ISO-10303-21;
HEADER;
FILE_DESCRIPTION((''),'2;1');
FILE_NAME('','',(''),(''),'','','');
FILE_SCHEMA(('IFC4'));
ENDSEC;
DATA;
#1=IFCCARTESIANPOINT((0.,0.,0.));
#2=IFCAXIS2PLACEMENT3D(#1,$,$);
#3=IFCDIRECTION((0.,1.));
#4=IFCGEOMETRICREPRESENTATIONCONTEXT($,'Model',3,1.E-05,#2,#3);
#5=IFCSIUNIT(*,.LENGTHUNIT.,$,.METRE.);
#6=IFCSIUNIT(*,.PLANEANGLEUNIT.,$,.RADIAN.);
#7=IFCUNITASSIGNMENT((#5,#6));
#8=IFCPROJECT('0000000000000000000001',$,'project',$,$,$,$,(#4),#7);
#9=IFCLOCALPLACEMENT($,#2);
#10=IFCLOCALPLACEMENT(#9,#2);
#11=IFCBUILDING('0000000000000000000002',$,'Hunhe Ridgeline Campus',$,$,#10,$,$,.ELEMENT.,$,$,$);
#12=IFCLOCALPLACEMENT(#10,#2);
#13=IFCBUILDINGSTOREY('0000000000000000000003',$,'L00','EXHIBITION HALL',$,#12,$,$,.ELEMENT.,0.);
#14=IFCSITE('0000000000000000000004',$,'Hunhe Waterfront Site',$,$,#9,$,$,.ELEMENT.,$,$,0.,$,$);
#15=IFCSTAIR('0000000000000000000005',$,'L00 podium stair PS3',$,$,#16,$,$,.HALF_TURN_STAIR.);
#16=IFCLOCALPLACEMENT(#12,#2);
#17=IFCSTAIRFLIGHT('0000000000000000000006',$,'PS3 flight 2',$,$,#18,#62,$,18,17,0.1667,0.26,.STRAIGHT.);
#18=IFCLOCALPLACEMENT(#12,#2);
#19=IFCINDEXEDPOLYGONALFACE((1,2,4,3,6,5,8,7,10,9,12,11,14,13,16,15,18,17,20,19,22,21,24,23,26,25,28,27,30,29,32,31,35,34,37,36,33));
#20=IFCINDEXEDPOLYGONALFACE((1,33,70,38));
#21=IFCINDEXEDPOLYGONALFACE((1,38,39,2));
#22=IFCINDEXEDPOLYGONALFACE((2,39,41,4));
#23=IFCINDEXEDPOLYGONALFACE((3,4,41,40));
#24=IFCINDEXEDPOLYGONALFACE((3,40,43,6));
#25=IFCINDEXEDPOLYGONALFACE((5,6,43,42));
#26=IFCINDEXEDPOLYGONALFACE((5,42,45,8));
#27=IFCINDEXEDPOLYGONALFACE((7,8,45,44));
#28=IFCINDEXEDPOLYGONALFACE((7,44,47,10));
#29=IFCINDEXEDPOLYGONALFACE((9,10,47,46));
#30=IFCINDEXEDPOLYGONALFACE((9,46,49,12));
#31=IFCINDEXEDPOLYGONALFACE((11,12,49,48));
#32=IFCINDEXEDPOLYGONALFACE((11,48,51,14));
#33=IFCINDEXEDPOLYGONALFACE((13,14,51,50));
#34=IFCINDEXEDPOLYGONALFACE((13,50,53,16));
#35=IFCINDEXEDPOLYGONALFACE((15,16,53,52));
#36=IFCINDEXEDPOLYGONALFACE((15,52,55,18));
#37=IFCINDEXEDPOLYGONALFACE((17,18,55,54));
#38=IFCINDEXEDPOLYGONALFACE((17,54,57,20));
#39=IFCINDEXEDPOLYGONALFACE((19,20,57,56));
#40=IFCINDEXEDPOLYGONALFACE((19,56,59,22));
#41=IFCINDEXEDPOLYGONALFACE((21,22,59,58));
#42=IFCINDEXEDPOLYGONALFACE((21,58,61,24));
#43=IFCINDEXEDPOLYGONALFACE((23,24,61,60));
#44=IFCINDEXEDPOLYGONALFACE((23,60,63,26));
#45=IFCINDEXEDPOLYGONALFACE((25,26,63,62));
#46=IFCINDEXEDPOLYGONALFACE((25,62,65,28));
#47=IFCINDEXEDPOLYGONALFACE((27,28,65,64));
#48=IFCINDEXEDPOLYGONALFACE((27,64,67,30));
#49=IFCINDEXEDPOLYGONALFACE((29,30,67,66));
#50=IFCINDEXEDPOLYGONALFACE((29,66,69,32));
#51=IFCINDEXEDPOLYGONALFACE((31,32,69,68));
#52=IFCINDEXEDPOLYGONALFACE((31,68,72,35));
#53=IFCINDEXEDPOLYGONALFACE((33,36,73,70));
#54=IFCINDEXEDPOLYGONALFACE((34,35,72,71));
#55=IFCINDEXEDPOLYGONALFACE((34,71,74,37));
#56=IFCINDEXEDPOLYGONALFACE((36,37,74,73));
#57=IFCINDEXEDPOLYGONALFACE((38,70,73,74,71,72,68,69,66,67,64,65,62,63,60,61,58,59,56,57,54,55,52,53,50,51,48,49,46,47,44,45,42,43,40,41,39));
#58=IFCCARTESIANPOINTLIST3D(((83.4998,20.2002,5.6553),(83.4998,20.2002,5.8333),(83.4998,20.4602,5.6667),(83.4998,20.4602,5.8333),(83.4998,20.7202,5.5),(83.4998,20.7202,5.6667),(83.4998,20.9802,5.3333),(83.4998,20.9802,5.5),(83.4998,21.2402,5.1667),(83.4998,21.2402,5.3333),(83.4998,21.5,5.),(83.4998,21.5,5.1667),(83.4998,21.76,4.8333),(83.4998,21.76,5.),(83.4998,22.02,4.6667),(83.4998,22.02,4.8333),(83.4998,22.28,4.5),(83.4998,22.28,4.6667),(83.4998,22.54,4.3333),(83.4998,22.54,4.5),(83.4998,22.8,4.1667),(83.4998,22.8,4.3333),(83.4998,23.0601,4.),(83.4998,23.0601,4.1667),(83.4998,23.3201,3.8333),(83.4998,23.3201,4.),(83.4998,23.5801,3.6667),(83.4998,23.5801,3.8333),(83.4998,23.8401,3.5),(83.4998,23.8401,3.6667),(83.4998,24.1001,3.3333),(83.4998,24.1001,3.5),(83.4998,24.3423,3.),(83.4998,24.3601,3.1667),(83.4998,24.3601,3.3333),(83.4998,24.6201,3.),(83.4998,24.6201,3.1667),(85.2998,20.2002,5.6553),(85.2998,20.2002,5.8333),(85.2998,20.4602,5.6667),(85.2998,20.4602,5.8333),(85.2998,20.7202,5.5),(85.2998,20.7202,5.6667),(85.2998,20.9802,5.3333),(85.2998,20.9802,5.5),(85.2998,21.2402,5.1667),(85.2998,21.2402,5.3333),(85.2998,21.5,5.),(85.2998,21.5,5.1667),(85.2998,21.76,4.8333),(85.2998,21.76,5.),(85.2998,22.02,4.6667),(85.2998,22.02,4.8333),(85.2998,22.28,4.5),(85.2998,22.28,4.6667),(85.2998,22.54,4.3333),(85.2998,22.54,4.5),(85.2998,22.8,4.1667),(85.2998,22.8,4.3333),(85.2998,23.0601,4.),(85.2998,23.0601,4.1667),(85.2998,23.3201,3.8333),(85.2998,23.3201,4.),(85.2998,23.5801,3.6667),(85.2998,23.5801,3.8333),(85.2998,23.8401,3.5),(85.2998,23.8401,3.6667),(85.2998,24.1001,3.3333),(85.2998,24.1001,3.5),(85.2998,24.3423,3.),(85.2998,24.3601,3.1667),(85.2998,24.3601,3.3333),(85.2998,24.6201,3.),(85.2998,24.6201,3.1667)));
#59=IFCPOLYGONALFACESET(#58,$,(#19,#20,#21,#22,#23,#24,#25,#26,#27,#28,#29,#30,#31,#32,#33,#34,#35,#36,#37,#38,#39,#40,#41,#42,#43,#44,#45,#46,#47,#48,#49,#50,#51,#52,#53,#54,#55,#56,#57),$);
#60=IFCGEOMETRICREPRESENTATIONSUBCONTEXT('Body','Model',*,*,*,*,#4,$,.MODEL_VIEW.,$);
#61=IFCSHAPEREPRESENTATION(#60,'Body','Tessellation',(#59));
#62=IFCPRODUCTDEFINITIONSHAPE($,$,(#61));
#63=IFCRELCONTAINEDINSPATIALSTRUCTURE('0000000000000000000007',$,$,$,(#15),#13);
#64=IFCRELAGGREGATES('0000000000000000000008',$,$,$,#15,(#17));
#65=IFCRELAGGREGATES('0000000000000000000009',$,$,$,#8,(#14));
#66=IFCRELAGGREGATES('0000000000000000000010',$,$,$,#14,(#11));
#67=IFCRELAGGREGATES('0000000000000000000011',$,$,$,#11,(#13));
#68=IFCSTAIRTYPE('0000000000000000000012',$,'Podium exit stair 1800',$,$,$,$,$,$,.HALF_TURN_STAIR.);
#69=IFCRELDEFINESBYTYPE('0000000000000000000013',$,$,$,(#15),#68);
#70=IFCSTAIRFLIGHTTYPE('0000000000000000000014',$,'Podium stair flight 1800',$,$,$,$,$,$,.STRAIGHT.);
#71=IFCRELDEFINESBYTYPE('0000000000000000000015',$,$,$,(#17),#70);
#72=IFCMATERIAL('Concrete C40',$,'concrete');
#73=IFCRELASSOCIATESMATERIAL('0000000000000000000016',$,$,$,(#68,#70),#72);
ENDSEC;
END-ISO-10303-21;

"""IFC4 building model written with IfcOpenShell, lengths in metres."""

from ifc_helpers import new_model, si_unit, direction, frame, origin, place, context, subcontext, project, spatial, polyline, outline, extrude, material, type_object, element, aggregate, save


model = new_model("IFC4")

# Units and contexts
model_context = context("Model", 3, precision=1e-05, world=origin(), true_north=direction((0.0, 1.0)))
body_context = subcontext(model_context, "Body", "Model", "MODEL_VIEW")
ifc_project = project(units=[si_unit("LENGTHUNIT", "METRE"), si_unit("PLANEANGLEUNIT", "RADIAN")], contexts=[model_context])

# Site, building, storey
site_placement = place(None, origin())
site = spatial("IfcSite", under=ifc_project, at=site_placement, Name="Hunhe Waterfront Site", CompositionType="ELEMENT", RefElevation=0.0)
building_placement = place(site_placement, origin())
building = spatial("IfcBuilding", under=site, at=building_placement, Name="Hunhe Ridgeline Campus", CompositionType="ELEMENT")
storey_placement = place(building_placement, origin())
storey = spatial("IfcBuildingStorey", under=building, at=storey_placement, Name="L00", Description="EXHIBITION HALL", CompositionType="ELEMENT", Elevation=0.0)

# Shared definitions
ifc_material_1 = material(Name="Concrete C40", Category="concrete")

# Stair, stair flight
stair_type = type_object("IfcStairType", Name="Podium exit stair 1800", PredefinedType="HALF_TURN_STAIR", material=ifc_material_1)
stair_placement = place(storey_placement, origin())
stair = element("IfcStair", 1, at=stair_placement, inside=storey, type_object=stair_type, Name="L00 podium stair PS3", PredefinedType="HALF_TURN_STAIR")
stair_flight_type = type_object("IfcStairFlightType", Name="Podium stair flight 1800", PredefinedType="STRAIGHT", material=ifc_material_1)
stair_flight_1_placement = place(storey_placement, frame((84.3999, 24.6201, 3.0), z_axis=(0.0, 0.0, 1.0), x_axis=(0.0, -1.0, 0.0)))
stair_flight_1 = element("IfcStairFlight", 2, at=stair_flight_1_placement, type_object=stair_flight_type, Name="PS3 flight 2", NumberOfRisers=18, NumberOfTreads=17, PredefinedType="STRAIGHT", RiserHeight=0.1667, TreadLength=0.26, context=body_context, shape_type="SweptSolid", body=[
    extrude(outline(polyline([(0.0, 0.0), (0.0, 0.1667), (0.26, 0.1667), (0.26, 0.3333), (0.52, 0.3333), (0.52, 0.5), (0.78, 0.5), (0.78, 0.6667), (1.04, 0.6667), (1.04, 0.8333), (1.3, 0.8333), (1.3, 1.0), (1.5601, 1.0), (1.5601, 1.1667), (1.8201, 1.1667), (1.8201, 1.3333), (2.0801, 1.3333), (2.0801, 1.5), (2.3401, 1.5), (2.3401, 1.6667), (2.6001, 1.6667), (2.6001, 1.8333), (2.8601, 1.8333), (2.8601, 2.0), (3.1201, 2.0), (3.1201, 2.1667), (3.3799, 2.1667), (3.3799, 2.3333), (3.6399, 2.3333), (3.6399, 2.5), (3.8999, 2.5), (3.8999, 2.6667), (4.1599, 2.6667), (4.1599, 2.8333), (4.4199, 2.8333), (4.4199, 3.0), (4.4199, 2.6553), (0.2778, 0.0), (0.0, 0.0)])), frame((0.0, 0.8999, 0.0), z_axis=(0.0, -1.0, 0.0), x_axis=(1.0, 0.0, 0.0)), (0.0, 0.0, 1.0), 1.8),
])
aggregate(stair, [stair_flight_1])

save(model, "model.ifc")
